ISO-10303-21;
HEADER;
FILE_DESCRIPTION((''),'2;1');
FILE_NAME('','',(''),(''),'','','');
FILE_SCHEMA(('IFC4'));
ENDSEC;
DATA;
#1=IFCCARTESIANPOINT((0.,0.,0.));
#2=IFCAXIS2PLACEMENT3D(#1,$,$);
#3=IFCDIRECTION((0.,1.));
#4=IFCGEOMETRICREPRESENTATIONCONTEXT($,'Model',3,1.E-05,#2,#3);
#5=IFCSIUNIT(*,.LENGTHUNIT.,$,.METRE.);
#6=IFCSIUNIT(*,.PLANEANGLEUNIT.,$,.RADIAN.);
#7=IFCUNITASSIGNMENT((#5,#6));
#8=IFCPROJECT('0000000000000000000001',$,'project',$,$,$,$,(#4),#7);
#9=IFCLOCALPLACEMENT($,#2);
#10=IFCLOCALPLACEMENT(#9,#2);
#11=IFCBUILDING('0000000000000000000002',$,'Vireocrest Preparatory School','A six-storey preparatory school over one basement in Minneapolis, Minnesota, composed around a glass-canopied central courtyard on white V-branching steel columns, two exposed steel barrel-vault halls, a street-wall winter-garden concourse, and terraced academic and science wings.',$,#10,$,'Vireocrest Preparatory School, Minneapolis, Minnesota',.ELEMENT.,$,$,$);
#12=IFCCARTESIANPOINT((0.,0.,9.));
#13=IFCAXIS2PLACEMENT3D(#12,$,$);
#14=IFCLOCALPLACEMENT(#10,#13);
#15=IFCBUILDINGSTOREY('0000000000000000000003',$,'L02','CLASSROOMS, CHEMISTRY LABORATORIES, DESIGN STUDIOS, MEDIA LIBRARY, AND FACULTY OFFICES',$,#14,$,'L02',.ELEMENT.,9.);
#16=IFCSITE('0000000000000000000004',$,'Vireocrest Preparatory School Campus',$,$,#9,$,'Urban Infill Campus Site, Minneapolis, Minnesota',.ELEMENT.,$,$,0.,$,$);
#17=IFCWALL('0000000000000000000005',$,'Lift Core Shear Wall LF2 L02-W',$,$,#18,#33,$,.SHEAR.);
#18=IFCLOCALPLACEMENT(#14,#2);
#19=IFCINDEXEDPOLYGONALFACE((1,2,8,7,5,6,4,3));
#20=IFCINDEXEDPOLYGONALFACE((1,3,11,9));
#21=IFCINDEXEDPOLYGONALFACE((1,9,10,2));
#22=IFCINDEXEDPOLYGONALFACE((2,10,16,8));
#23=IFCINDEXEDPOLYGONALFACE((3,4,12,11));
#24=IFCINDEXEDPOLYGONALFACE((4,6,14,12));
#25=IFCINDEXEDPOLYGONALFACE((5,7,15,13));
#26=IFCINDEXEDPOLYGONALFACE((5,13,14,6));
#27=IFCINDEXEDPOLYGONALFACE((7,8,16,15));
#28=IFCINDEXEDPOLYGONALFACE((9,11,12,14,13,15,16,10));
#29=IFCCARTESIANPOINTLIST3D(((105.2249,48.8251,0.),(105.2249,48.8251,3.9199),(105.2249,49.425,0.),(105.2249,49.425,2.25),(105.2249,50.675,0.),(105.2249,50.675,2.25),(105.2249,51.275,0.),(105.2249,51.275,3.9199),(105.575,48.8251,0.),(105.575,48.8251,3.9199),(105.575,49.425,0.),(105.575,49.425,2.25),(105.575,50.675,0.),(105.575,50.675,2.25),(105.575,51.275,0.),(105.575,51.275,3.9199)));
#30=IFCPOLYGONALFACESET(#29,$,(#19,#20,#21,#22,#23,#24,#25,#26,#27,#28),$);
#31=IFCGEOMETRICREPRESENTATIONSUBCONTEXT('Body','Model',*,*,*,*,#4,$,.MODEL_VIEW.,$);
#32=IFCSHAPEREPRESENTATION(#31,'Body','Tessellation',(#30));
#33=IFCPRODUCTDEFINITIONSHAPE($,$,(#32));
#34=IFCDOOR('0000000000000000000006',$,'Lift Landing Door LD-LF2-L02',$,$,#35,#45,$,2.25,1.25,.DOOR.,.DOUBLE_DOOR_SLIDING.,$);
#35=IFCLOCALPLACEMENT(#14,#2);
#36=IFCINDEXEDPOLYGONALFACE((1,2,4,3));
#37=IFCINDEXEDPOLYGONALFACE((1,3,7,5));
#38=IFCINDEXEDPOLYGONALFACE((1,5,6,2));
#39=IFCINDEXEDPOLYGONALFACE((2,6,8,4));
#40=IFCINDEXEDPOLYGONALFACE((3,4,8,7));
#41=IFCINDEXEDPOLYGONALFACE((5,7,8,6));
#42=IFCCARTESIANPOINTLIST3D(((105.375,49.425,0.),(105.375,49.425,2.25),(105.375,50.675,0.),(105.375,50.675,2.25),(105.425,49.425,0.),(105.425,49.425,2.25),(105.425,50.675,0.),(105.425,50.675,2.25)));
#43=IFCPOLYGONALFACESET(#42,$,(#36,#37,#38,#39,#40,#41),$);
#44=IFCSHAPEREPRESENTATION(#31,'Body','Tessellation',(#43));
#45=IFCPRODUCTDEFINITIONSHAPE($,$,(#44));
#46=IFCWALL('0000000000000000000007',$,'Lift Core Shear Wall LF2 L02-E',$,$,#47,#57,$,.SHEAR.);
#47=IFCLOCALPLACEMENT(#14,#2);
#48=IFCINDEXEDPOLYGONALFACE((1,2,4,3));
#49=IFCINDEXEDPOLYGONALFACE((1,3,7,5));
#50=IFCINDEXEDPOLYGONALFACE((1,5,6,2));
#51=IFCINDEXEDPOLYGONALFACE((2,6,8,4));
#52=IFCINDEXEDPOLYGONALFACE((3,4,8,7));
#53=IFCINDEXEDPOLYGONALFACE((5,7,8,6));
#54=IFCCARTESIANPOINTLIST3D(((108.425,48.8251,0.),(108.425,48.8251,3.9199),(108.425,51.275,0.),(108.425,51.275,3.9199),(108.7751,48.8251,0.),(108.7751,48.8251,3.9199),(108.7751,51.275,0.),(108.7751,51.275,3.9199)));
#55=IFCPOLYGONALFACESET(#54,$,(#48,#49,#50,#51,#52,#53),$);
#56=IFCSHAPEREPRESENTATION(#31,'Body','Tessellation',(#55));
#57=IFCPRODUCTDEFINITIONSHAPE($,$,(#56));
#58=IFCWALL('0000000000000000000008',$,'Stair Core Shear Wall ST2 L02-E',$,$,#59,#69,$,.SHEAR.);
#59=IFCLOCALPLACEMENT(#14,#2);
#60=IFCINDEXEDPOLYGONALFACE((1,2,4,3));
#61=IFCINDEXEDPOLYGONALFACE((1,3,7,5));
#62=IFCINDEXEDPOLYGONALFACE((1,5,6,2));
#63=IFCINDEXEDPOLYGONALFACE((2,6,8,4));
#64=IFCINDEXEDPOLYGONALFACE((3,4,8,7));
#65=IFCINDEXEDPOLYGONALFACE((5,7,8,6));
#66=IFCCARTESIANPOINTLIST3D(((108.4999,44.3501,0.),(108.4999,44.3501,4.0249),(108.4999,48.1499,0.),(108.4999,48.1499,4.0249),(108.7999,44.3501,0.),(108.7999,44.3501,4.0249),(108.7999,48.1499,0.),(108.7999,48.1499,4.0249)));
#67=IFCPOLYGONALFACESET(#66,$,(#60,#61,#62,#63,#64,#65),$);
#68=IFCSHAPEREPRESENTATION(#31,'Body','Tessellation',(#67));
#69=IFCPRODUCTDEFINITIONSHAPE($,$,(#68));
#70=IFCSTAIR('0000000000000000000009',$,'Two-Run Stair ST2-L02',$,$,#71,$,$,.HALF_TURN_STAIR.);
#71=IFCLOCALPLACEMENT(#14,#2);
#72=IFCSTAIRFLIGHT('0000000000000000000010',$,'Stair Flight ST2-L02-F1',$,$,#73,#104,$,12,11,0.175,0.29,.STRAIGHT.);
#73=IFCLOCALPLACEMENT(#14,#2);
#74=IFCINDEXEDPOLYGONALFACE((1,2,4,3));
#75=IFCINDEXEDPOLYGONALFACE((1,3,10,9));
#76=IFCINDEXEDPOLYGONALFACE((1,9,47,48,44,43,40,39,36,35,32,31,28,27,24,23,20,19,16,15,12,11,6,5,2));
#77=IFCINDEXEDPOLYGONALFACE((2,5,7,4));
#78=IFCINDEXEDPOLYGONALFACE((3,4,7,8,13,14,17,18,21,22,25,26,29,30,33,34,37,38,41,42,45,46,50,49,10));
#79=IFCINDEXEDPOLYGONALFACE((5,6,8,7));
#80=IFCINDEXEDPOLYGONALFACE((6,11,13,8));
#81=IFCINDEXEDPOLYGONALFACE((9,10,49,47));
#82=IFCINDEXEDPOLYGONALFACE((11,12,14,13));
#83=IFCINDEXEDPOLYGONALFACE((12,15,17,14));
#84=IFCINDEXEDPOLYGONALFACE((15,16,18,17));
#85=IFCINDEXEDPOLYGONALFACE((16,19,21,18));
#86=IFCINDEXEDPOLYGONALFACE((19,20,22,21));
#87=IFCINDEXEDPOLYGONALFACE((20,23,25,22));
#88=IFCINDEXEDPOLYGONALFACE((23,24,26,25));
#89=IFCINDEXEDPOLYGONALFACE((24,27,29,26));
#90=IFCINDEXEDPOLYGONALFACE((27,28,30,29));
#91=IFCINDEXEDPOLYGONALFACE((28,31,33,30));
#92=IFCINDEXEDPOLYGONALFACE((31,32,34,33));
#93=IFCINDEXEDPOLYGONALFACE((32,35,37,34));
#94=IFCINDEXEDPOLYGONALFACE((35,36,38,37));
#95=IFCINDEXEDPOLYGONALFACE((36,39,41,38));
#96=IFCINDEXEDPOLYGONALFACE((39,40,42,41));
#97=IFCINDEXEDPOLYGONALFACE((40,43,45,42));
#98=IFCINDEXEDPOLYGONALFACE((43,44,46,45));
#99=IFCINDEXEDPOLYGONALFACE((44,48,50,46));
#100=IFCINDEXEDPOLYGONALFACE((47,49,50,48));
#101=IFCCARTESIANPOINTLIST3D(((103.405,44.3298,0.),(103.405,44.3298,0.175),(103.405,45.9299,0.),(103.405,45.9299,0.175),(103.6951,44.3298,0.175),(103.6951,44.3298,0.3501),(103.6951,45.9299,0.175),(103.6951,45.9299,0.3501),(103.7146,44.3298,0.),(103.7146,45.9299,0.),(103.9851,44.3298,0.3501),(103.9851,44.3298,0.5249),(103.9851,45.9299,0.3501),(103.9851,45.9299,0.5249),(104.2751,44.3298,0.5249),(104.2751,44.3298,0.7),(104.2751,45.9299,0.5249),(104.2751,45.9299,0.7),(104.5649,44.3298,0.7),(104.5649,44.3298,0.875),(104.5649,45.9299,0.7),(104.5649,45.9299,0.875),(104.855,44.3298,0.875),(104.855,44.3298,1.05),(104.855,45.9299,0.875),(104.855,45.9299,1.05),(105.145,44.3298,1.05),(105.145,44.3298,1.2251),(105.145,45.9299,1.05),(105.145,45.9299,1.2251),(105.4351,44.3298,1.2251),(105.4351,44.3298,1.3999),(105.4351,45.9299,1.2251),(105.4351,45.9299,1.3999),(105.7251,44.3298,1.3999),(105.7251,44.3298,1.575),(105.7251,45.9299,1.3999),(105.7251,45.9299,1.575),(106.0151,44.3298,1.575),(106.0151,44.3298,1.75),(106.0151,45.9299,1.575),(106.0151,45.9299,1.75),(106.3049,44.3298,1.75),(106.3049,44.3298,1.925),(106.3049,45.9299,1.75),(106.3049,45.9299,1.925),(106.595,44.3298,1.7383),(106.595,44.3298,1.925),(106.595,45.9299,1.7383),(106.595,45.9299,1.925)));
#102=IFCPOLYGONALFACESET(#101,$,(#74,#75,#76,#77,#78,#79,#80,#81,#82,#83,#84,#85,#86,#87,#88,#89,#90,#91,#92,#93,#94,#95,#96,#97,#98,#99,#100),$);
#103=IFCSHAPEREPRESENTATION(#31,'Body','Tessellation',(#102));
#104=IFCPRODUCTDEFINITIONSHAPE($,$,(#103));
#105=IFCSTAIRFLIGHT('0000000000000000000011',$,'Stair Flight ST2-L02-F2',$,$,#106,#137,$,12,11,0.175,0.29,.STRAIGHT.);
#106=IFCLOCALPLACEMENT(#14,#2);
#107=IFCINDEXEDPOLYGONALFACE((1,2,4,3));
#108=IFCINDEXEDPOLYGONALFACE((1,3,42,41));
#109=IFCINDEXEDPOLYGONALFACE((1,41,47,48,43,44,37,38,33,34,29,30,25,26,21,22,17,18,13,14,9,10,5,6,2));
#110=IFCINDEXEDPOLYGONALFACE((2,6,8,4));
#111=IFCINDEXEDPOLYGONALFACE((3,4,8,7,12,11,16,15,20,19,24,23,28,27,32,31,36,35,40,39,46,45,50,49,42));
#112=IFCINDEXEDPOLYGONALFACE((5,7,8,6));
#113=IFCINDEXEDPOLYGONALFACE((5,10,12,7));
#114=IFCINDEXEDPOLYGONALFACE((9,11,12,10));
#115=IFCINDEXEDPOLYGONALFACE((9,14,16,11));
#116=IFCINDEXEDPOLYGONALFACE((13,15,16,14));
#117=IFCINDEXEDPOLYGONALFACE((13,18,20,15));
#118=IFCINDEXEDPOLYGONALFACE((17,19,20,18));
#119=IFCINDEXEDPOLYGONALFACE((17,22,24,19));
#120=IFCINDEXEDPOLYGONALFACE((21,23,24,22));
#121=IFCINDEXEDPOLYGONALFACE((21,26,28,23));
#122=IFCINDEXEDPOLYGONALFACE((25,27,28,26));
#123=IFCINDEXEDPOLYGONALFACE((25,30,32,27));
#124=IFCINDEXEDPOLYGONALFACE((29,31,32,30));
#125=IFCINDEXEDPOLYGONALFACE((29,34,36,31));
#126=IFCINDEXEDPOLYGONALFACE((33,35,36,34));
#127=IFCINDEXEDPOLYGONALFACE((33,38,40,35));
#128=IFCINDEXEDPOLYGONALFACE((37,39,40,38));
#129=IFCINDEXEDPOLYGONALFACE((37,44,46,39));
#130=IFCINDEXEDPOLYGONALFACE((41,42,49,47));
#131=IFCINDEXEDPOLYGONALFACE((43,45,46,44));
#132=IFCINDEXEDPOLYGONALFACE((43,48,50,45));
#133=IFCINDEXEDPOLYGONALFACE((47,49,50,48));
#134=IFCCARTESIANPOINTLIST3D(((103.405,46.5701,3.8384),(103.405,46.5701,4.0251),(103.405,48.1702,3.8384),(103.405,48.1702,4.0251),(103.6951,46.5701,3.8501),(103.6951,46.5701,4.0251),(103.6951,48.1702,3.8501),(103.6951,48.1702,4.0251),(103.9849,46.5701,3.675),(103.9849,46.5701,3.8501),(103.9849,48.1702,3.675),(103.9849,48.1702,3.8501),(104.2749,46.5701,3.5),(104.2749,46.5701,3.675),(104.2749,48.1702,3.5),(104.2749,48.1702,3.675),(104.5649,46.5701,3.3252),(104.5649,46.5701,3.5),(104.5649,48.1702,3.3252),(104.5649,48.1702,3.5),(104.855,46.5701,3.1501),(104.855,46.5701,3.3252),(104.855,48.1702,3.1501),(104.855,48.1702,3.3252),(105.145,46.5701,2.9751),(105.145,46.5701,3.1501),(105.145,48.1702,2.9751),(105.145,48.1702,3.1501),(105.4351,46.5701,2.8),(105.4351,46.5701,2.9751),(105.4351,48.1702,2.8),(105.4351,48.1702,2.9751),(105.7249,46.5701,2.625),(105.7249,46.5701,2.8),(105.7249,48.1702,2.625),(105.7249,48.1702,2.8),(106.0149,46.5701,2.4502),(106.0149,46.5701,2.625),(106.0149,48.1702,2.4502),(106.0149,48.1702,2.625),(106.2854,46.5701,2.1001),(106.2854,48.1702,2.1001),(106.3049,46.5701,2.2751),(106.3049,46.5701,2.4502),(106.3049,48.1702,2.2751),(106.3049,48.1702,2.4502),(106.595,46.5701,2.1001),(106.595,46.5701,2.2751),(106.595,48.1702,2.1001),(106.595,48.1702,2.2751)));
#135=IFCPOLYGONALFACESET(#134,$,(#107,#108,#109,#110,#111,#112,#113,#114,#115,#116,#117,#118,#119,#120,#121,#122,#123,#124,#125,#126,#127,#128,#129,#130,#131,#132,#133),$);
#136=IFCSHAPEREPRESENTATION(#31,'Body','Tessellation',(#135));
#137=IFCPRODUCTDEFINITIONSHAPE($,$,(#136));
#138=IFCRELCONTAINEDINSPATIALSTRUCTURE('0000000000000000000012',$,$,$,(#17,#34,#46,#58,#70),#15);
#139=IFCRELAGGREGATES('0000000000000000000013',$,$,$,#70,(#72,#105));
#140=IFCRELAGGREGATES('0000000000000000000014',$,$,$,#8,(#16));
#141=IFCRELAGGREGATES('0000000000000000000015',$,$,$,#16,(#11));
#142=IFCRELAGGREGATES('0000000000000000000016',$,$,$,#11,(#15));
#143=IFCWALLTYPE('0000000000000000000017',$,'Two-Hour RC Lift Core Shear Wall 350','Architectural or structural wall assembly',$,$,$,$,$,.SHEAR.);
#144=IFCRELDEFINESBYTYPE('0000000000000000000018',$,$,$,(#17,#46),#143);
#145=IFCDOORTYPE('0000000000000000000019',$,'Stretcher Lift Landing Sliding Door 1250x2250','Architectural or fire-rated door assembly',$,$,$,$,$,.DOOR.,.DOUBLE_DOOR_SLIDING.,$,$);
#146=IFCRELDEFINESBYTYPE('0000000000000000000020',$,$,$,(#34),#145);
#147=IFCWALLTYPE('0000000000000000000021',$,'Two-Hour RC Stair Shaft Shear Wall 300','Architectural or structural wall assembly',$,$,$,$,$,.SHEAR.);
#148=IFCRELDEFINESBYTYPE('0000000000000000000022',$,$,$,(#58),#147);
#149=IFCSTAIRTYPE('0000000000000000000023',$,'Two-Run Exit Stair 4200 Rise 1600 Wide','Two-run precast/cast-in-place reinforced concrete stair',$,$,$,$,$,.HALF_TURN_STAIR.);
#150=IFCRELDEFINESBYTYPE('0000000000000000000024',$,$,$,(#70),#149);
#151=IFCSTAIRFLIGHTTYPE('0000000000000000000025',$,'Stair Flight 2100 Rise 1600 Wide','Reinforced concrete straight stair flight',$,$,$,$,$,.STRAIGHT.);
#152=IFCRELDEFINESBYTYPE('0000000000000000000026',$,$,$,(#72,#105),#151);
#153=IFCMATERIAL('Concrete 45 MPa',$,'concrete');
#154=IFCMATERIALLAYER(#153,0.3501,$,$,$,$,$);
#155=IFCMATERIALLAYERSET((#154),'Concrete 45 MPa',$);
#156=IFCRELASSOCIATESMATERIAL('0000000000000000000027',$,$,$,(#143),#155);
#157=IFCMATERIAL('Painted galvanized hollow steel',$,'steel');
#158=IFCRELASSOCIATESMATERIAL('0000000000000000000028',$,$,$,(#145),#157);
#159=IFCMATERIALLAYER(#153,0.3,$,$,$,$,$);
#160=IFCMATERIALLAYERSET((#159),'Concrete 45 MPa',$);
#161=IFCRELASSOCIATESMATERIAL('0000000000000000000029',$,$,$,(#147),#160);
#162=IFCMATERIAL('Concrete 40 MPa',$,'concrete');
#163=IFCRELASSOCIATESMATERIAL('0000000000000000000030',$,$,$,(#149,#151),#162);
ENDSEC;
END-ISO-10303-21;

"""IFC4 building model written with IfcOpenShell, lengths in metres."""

from ifc_helpers import new_model, si_unit, direction, frame, frame_2d, origin, place, context, subcontext, project, spatial, polyline, rectangle, outline, extrude, material, layer, layer_set, type_object, element, fill, aggregate, save


model = new_model("IFC4")

# Units and contexts
model_context = context("Model", 3, precision=1e-05, world=origin(), true_north=direction((0.0, 1.0)))
body_context = subcontext(model_context, "Body", "Model", "MODEL_VIEW")
ifc_project = project(units=[si_unit("LENGTHUNIT", "METRE"), si_unit("PLANEANGLEUNIT", "RADIAN")], contexts=[model_context])

# Site, building, storey
site_placement = place(None, origin())
site = spatial("IfcSite", under=ifc_project, at=site_placement, Name="Vireocrest Preparatory School Campus", LongName="Urban Infill Campus Site, Minneapolis, Minnesota", CompositionType="ELEMENT", RefElevation=0.0)
building_placement = place(site_placement, origin())
building = spatial("IfcBuilding", under=site, at=building_placement, Name="Vireocrest Preparatory School", Description="A six-storey preparatory school over one basement in Minneapolis, Minnesota, composed around a glass-canopied central courtyard on white V-branching steel columns, two exposed steel barrel-vault halls, a street-wall winter-garden concourse, and terraced academic and science wings.", LongName="Vireocrest Preparatory School, Minneapolis, Minnesota", CompositionType="ELEMENT")
storey_placement = place(building_placement, frame((0.0, 0.0, 9.0)))
storey = spatial("IfcBuildingStorey", under=building, at=storey_placement, Name="L02", Description="CLASSROOMS, CHEMISTRY LABORATORIES, DESIGN STUDIOS, MEDIA LIBRARY, AND FACULTY OFFICES", LongName="L02", CompositionType="ELEMENT", Elevation=9.0)

# Shared definitions
ifc_material_1 = material(Name="Concrete 40 MPa", Category="concrete")

# Shared definitions
ifc_material_2 = material(Name="Concrete 45 MPa", Category="concrete")
ifc_layer_1 = layer(ifc_material_2, 0.3501)
ifc_layer_set_1 = layer_set([ifc_layer_1], Name="Concrete 45 MPa")
wall_type_1 = type_object("IfcWallType", Name="Two-Hour RC Lift Core Shear Wall 350", Description="Architectural or structural wall assembly", PredefinedType="SHEAR", material=ifc_layer_set_1)

# Wall, opening, door
wall_1_placement = place(storey_placement, frame((105.3999, 48.825, 0.0), z_axis=(0.0, 0.0, 1.0), x_axis=(0.0, 1.0, 0.0)))
wall_1 = element("IfcWall", 1, at=wall_1_placement, inside=storey, type_object=wall_type_1, Name="Lift Core Shear Wall LF2 L02-W", PredefinedType="SHEAR", context=body_context, shape_type="SweptSolid", body=[
    extrude(rectangle(XDim=2.45, YDim=0.3501, at=frame_2d((1.2251, 0.0))), origin(), (0.0, 0.0, 1.0), 3.9199),
])
opening_placement = place(wall_1_placement, frame((0.6001, 0.0, 0.0)))
opening = element("IfcOpeningElement", 2, at=opening_placement, cuts=wall_1, PredefinedType="OPENING", context=body_context, shape_type="SweptSolid", body=[
    extrude(rectangle(XDim=1.25, YDim=2.25, at=frame_2d((0.625, 1.125))), frame((0.0, 0.1851, 0.0), z_axis=(0.0, -1.0, 0.0), x_axis=(1.0, 0.0, 0.0)), (0.0, 0.0, 1.0), 0.3701),
])
ifc_material_3 = material(Name="Painted galvanized hollow steel", Category="steel")
door_type = type_object("IfcDoorType", Name="Stretcher Lift Landing Sliding Door 1250x2250", Description="Architectural or fire-rated door assembly", OperationType="DOUBLE_DOOR_SLIDING", PredefinedType="DOOR", material=ifc_material_3)
door_placement = place(opening_placement, origin())
door = element("IfcDoor", 3, at=door_placement, inside=storey, type_object=door_type, Name="Lift Landing Door LD-LF2-L02", OperationType="DOUBLE_DOOR_SLIDING", OverallHeight=2.25, OverallWidth=1.25, PredefinedType="DOOR", context=body_context, shape_type="SweptSolid", body=[
    extrude(rectangle(XDim=1.25, YDim=2.25, at=frame_2d((0.625, 1.125))), frame((0.0, 0.0249, 0.0), z_axis=(0.0, -1.0, 0.0), x_axis=(1.0, 0.0, 0.0)), (0.0, 0.0, 1.0), 0.05),
])
fill(opening, door)

# Walls
wall_2_placement = place(storey_placement, frame((108.6001, 48.825, 0.0), z_axis=(0.0, 0.0, 1.0), x_axis=(0.0, 1.0, 0.0)))
element("IfcWall", 4, at=wall_2_placement, inside=storey, type_object=wall_type_1, Name="Lift Core Shear Wall LF2 L02-E", PredefinedType="SHEAR", context=body_context, shape_type="SweptSolid", body=[
    extrude(rectangle(XDim=2.45, YDim=0.3501, at=frame_2d((1.2251, 0.0))), origin(), (0.0, 0.0, 1.0), 3.9199),
])
ifc_layer_2 = layer(ifc_material_2, 0.3)
ifc_layer_set_2 = layer_set([ifc_layer_2], Name="Concrete 45 MPa")
wall_type_2 = type_object("IfcWallType", Name="Two-Hour RC Stair Shaft Shear Wall 300", Description="Architectural or structural wall assembly", PredefinedType="SHEAR", material=ifc_layer_set_2)
wall_3_placement = place(storey_placement, frame((108.6499, 44.3501, 0.0), z_axis=(0.0, 0.0, 1.0), x_axis=(0.0, 1.0, 0.0)))
element("IfcWall", 5, at=wall_3_placement, inside=storey, type_object=wall_type_2, Name="Stair Core Shear Wall ST2 L02-E", PredefinedType="SHEAR", context=body_context, shape_type="SweptSolid", body=[
    extrude(rectangle(XDim=3.7998, YDim=0.3, at=frame_2d((1.8999, 0.0))), origin(), (0.0, 0.0, 1.0), 4.0249),
])

# Stair, stair flights
stair_type = type_object("IfcStairType", Name="Two-Run Exit Stair 4200 Rise 1600 Wide", Description="Two-run precast/cast-in-place reinforced concrete stair", PredefinedType="HALF_TURN_STAIR", material=ifc_material_1)
stair_placement = place(storey_placement, origin())
stair = element("IfcStair", 6, at=stair_placement, inside=storey, type_object=stair_type, Name="Two-Run Stair ST2-L02", PredefinedType="HALF_TURN_STAIR")
stair_flight_type = type_object("IfcStairFlightType", Name="Stair Flight 2100 Rise 1600 Wide", Description="Reinforced concrete straight stair flight", PredefinedType="STRAIGHT", material=ifc_material_1)
stair_flight_1_placement = place(storey_placement, frame((103.405, 45.1299, 0.0), z_axis=(0.0, 0.0, 1.0), x_axis=(1.0, 0.0, 0.0)))
stair_flight_1 = element("IfcStairFlight", 7, at=stair_flight_1_placement, type_object=stair_flight_type, Name="Stair Flight ST2-L02-F1", NumberOfRisers=12, NumberOfTreads=11, PredefinedType="STRAIGHT", RiserHeight=0.175, TreadLength=0.29, context=body_context, shape_type="SweptSolid", body=[
    extrude(outline(polyline([(0.0, 0.0), (0.0, 0.175), (0.29, 0.175), (0.29, 0.3501), (0.5801, 0.3501), (0.5801, 0.5249), (0.8701, 0.5249), (0.8701, 0.7), (1.1599, 0.7), (1.1599, 0.875), (1.45, 0.875), (1.45, 1.05), (1.74, 1.05), (1.74, 1.2251), (2.03, 1.2251), (2.03, 1.3999), (2.3201, 1.3999), (2.3201, 1.575), (2.6101, 1.575), (2.6101, 1.75), (2.8999, 1.75), (2.8999, 1.925), (3.1899, 1.925), (3.1899, 2.1001), (3.1899, 1.7383), (0.3096, 0.0), (0.0, 0.0)])), frame((0.0, 0.8, 0.0), z_axis=(0.0, -1.0, 0.0), x_axis=(1.0, 0.0, 0.0)), (0.0, 0.0, 1.0), 1.6001),
])
stair_flight_2_placement = place(storey_placement, frame((106.595, 47.3701, 2.1001), z_axis=(0.0, 0.0, 1.0), x_axis=(-1.0, 0.0, 0.0)))
stair_flight_2 = element("IfcStairFlight", 8, at=stair_flight_2_placement, type_object=stair_flight_type, Name="Stair Flight ST2-L02-F2", NumberOfRisers=12, NumberOfTreads=11, PredefinedType="STRAIGHT", RiserHeight=0.175, TreadLength=0.29, context=body_context, shape_type="SweptSolid", body=[
    extrude(outline(polyline([(0.0, 0.0), (0.0, 0.175), (0.29, 0.175), (0.29, 0.3501), (0.5801, 0.3501), (0.5801, 0.5249), (0.8701, 0.5249), (0.8701, 0.7), (1.1599, 0.7), (1.1599, 0.875), (1.45, 0.875), (1.45, 1.05), (1.74, 1.05), (1.74, 1.2251), (2.03, 1.2251), (2.03, 1.3999), (2.3201, 1.3999), (2.3201, 1.575), (2.6101, 1.575), (2.6101, 1.75), (2.8999, 1.75), (2.8999, 1.925), (3.1899, 1.925), (3.1899, 2.1001), (3.1899, 1.7383), (0.3096, 0.0), (0.0, 0.0)])), frame((0.0, 0.8, 0.0), z_axis=(0.0, -1.0, 0.0), x_axis=(1.0, 0.0, 0.0)), (0.0, 0.0, 1.0), 1.6001),
])
aggregate(stair, [stair_flight_1, stair_flight_2])

save(model, "model.ifc")
